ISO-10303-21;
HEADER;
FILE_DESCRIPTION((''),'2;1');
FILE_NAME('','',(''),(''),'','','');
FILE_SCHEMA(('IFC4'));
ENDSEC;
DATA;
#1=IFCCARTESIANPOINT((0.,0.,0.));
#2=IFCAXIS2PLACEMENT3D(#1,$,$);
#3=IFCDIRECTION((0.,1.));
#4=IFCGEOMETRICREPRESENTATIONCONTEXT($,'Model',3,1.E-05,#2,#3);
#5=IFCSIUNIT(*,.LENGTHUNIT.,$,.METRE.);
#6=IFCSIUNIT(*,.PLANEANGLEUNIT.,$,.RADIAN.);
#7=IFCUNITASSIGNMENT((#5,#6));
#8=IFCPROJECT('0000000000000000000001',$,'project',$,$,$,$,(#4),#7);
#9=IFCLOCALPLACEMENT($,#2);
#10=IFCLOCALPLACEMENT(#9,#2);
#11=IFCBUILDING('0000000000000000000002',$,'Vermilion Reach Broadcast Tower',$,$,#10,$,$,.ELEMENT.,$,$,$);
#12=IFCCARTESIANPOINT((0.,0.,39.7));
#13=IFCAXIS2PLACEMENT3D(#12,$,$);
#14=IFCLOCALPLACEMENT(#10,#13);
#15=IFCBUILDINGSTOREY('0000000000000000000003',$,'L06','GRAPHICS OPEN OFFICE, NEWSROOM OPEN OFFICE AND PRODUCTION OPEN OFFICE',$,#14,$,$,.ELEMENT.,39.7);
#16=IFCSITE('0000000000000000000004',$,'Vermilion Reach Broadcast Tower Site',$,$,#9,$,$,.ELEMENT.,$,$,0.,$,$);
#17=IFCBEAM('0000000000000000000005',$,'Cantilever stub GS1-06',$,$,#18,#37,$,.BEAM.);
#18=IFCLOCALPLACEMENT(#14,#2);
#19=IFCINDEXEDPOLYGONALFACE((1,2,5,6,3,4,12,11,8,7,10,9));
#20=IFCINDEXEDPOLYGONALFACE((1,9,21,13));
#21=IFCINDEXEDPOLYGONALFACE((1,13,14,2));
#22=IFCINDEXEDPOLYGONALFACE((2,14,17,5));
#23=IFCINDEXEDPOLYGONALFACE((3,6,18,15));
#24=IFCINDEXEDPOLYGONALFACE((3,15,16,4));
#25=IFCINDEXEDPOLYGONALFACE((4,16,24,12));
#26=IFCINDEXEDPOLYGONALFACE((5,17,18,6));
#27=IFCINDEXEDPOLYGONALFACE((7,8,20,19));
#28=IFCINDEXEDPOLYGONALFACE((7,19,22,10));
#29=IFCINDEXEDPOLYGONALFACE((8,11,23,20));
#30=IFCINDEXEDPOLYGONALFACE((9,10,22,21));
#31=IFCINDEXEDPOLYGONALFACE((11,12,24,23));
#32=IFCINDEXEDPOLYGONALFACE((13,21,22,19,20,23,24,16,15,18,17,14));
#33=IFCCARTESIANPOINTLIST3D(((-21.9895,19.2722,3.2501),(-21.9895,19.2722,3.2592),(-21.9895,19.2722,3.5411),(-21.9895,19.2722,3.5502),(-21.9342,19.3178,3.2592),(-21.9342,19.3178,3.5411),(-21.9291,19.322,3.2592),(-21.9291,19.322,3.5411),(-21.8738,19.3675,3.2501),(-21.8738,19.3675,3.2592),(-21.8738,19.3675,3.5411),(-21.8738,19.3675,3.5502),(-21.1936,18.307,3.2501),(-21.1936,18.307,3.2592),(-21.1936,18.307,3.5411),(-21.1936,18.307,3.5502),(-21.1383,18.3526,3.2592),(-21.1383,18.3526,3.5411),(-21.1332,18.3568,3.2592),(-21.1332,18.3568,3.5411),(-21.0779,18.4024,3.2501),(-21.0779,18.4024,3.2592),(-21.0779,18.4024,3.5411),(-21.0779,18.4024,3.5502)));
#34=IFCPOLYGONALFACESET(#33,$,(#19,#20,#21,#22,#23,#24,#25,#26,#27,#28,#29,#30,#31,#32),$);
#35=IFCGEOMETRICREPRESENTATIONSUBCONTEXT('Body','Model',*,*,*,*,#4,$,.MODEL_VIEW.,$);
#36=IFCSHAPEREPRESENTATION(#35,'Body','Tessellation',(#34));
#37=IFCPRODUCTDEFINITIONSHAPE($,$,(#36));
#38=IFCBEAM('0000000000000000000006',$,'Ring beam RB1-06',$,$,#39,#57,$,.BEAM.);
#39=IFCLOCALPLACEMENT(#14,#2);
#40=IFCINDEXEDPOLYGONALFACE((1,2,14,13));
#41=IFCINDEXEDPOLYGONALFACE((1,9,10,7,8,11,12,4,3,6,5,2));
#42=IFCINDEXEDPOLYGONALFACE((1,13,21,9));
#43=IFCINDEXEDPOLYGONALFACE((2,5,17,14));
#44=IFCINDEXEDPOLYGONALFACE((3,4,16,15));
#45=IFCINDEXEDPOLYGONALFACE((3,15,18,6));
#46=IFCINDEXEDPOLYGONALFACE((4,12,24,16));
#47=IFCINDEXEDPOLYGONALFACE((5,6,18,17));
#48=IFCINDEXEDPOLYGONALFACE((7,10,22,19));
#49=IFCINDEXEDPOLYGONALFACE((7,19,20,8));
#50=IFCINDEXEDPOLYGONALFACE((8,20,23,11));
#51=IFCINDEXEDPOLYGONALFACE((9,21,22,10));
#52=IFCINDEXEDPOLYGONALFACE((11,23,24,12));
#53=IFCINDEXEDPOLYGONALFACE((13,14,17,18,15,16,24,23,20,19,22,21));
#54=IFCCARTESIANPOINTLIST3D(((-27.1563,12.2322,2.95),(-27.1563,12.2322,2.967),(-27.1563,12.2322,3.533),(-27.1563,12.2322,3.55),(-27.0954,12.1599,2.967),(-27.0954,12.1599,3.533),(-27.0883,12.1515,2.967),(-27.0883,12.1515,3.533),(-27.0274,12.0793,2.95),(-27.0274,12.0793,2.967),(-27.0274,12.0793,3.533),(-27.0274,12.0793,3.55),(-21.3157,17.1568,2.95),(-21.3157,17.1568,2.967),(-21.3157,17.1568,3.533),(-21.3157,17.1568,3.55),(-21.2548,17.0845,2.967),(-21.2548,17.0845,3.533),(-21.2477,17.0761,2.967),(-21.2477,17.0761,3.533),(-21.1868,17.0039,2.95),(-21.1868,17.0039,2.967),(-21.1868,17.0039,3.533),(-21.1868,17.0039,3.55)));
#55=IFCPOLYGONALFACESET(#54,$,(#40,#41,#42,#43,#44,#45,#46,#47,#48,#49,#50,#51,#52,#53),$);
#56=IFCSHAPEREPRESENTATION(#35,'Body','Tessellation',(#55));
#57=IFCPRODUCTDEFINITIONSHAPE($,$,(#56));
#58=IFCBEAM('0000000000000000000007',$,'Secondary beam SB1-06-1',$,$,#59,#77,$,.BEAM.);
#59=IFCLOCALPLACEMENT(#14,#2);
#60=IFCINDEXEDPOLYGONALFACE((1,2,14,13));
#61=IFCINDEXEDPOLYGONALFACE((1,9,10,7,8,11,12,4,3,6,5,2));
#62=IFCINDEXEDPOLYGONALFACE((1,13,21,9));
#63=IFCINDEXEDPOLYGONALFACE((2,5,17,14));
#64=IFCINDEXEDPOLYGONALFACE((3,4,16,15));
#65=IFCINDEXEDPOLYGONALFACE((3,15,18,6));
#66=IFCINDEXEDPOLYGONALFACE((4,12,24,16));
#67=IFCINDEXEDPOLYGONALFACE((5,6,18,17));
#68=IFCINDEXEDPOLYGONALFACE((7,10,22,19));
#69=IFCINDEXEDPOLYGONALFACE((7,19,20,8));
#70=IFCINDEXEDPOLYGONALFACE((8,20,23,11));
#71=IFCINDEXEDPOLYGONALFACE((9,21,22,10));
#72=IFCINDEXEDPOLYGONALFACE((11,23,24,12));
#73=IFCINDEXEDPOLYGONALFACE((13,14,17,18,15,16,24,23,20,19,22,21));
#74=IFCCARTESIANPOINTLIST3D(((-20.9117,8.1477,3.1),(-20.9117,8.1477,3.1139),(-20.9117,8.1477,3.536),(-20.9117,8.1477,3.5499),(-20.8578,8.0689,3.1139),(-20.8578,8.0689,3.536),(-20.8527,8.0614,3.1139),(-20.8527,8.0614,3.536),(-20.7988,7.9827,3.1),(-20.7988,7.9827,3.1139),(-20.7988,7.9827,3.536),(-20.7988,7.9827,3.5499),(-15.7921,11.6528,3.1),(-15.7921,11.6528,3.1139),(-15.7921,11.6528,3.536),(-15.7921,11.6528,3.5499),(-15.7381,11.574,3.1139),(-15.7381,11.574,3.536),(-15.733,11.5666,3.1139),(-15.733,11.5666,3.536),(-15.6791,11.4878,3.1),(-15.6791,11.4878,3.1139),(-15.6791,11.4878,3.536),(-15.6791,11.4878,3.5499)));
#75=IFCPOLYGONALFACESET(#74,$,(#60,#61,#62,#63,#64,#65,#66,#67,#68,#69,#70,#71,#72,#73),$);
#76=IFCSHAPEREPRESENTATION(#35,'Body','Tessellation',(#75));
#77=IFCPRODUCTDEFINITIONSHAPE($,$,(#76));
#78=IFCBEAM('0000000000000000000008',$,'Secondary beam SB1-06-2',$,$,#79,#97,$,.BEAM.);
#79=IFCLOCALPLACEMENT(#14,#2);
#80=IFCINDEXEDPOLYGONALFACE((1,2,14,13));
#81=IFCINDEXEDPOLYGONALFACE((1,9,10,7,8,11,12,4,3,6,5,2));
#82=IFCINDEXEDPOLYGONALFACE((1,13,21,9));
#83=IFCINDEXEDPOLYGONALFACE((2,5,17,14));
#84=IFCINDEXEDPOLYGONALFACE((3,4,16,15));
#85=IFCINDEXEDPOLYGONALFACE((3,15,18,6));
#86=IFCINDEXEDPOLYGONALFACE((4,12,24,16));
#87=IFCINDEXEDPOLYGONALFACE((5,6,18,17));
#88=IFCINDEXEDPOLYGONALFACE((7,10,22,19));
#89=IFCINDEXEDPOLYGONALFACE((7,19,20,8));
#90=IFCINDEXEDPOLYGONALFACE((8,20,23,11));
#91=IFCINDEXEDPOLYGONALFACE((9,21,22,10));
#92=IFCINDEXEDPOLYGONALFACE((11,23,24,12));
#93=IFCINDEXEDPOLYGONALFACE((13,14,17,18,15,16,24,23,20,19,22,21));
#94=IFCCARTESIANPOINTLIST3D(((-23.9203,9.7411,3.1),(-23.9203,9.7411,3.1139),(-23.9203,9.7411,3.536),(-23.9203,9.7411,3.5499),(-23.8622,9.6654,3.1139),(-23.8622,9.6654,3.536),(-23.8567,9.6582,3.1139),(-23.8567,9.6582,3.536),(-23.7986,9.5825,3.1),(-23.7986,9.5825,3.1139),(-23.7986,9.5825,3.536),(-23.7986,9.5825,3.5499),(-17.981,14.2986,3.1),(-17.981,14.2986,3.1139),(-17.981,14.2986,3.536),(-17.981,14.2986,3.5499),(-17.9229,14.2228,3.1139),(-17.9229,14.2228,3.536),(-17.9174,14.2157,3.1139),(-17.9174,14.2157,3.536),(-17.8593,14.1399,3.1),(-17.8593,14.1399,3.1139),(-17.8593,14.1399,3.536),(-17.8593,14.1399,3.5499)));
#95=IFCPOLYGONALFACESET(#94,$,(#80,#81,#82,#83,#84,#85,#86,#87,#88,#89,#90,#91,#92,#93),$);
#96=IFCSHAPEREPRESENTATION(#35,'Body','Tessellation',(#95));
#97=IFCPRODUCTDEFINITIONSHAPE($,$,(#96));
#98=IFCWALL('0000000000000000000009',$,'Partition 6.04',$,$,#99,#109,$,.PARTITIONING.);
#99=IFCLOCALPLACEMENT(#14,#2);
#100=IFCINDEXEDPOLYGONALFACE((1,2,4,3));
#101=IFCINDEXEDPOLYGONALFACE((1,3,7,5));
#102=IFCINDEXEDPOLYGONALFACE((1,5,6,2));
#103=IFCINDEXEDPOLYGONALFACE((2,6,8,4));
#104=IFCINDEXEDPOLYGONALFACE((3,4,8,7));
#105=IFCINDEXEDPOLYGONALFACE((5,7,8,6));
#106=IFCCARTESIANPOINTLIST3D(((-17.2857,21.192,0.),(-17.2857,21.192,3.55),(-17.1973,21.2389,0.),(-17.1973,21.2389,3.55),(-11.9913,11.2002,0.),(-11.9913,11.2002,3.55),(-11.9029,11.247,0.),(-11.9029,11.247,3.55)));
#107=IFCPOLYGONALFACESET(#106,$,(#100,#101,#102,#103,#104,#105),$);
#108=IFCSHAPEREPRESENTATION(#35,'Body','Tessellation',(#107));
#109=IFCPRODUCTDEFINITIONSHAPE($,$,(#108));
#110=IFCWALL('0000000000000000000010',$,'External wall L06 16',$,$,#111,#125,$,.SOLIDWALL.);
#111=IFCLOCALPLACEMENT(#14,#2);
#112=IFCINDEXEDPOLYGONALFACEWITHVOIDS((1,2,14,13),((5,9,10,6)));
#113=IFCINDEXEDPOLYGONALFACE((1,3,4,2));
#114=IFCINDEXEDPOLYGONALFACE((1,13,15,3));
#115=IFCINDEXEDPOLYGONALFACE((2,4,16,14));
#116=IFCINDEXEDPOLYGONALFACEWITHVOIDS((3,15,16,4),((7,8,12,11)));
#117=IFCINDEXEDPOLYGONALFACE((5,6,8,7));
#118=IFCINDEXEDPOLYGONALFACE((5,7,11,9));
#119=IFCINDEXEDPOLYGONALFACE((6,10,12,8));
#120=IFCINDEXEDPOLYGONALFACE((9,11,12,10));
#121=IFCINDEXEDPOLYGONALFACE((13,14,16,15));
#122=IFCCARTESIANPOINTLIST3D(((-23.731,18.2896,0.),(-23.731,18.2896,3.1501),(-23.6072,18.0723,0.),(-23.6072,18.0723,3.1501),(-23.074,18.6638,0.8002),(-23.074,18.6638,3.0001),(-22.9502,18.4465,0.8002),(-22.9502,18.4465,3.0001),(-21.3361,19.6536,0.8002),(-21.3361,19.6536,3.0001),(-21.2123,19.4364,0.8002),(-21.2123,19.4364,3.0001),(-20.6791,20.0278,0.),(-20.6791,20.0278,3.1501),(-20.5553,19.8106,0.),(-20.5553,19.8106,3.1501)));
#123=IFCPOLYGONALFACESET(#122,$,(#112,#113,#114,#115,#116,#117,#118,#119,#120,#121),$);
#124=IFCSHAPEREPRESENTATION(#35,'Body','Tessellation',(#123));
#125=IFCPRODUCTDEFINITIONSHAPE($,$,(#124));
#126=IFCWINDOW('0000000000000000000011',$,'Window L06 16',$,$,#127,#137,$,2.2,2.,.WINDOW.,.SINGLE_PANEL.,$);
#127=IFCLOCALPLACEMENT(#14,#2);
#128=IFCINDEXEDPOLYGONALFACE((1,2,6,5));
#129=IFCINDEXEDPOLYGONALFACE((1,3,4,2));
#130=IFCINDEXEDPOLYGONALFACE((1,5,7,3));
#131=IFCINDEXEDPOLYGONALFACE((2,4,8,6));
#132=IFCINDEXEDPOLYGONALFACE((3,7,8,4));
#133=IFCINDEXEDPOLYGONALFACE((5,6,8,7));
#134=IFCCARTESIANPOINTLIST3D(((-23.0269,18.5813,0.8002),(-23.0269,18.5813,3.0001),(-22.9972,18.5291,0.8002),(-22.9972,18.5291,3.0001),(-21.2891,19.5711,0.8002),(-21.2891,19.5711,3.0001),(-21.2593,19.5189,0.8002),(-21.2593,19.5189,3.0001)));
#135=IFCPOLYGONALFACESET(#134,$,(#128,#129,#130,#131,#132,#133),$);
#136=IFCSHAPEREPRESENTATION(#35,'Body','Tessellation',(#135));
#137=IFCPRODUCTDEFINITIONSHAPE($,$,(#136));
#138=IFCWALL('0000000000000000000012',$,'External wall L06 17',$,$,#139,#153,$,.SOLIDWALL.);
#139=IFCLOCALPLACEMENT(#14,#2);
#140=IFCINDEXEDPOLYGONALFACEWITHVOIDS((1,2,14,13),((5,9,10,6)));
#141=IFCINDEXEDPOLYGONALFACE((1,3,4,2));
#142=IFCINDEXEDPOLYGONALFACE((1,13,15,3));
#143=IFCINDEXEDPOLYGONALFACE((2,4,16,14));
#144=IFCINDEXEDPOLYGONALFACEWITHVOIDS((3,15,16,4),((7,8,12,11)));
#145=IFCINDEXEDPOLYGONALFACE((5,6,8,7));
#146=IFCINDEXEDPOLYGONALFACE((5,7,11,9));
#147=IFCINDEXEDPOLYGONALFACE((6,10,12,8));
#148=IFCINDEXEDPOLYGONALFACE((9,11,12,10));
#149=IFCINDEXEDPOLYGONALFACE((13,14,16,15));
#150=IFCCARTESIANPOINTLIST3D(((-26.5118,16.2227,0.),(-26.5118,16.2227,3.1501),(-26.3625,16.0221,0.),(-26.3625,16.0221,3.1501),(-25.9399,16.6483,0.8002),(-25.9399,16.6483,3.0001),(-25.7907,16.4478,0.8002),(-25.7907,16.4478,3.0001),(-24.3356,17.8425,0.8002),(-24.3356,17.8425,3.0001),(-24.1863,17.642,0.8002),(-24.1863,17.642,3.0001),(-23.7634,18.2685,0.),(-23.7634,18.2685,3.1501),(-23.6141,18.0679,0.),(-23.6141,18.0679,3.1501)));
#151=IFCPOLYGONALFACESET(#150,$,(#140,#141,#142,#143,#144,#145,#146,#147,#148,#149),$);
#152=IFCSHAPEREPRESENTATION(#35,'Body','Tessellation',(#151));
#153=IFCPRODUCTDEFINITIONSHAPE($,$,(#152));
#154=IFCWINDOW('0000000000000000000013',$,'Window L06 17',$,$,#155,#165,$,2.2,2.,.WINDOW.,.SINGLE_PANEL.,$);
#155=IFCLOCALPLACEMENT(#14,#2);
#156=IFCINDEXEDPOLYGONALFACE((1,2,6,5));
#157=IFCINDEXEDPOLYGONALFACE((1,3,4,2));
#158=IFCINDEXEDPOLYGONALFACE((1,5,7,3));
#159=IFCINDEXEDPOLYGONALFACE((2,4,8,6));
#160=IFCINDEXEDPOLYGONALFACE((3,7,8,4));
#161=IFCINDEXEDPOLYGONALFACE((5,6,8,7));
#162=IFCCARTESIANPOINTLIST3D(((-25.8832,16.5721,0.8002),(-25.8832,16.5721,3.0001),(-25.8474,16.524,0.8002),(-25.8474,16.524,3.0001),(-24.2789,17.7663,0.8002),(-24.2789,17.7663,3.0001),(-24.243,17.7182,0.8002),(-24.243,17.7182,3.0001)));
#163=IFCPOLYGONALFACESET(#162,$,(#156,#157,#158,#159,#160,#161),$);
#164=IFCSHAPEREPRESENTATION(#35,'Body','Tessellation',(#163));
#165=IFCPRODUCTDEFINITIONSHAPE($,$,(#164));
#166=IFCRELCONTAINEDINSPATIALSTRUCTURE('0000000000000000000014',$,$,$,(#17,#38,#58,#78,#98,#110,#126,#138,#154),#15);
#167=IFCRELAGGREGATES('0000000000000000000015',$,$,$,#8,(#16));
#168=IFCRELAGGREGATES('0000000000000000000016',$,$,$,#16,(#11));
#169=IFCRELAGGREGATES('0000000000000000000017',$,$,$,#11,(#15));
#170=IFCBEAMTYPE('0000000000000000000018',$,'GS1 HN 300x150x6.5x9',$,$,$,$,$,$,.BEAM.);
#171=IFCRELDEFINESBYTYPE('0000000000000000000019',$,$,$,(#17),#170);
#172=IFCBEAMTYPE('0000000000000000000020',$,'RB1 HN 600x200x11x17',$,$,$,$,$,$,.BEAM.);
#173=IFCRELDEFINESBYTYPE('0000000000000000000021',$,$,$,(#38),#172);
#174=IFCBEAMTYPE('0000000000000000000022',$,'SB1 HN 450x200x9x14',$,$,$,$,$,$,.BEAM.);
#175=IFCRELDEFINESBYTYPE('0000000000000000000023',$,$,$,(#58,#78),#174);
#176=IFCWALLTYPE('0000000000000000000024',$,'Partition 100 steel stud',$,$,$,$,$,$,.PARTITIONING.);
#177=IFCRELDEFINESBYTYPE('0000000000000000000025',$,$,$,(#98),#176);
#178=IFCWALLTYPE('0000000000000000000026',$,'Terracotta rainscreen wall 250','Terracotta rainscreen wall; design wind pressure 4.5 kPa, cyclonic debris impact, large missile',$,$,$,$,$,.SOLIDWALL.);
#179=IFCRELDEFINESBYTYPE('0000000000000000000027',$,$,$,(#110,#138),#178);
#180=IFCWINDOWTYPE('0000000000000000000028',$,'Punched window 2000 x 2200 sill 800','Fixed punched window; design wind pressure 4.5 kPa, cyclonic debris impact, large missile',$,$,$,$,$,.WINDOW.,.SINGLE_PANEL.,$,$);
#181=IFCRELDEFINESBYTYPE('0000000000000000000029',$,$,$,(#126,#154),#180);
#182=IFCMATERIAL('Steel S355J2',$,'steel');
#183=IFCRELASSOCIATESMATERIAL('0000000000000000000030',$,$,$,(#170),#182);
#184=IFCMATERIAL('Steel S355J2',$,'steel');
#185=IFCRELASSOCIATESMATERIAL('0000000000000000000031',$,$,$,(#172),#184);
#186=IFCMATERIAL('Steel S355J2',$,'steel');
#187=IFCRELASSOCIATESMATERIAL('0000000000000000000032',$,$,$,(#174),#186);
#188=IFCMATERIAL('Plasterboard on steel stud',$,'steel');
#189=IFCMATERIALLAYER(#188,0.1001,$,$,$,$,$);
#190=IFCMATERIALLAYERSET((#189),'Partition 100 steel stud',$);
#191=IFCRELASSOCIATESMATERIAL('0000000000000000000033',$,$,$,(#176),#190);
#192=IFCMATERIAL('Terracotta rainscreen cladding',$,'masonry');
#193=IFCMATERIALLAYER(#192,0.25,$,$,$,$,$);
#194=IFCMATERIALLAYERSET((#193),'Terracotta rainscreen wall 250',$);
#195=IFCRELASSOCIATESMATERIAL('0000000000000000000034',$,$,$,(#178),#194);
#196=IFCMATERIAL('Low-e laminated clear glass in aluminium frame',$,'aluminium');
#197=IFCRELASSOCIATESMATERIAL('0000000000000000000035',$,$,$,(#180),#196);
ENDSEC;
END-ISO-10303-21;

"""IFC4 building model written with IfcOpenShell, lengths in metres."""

from ifc_helpers import new_model, si_unit, direction, frame, frame_2d, origin, origin_2d, place, context, subcontext, project, spatial, rectangle, i_section, extrude, material, layer, layer_set, material_profile, profile_set, type_object, element, fill, save


model = new_model("IFC4")

# Units and contexts
model_context = context("Model", 3, precision=1e-05, world=origin(), true_north=direction((0.0, 1.0)))
body_context = subcontext(model_context, "Body", "Model", "MODEL_VIEW")
ifc_project = project(units=[si_unit("LENGTHUNIT", "METRE"), si_unit("PLANEANGLEUNIT", "RADIAN")], contexts=[model_context])

# Site, building, storey
site_placement = place(None, origin())
site = spatial("IfcSite", under=ifc_project, at=site_placement, Name="Vermilion Reach Broadcast Tower Site", CompositionType="ELEMENT", RefElevation=0.0)
building_placement = place(site_placement, origin())
building = spatial("IfcBuilding", under=site, at=building_placement, Name="Vermilion Reach Broadcast Tower", CompositionType="ELEMENT")
storey_placement = place(building_placement, frame((0.0, 0.0, 39.7)))
storey = spatial("IfcBuildingStorey", under=building, at=storey_placement, Name="L06", Description="GRAPHICS OPEN OFFICE, NEWSROOM OPEN OFFICE AND PRODUCTION OPEN OFFICE", CompositionType="ELEMENT", Elevation=39.7)

# Beams
ifc_material_1 = material(Name="Steel S355J2", Category="steel")
ifc_material_profile_1 = material_profile(ifc_material_1, i_section(OverallWidth=0.1499, OverallDepth=0.3, WebThickness=0.0066, FlangeThickness=0.009, at=origin_2d()), Name="S355J2 HN 300x150x6.5x9")
ifc_profile_set_1 = profile_set([ifc_material_profile_1], Name="Steel S355J2")
beam_type_1 = type_object("IfcBeamType", Name="GS1 HN 300x150x6.5x9", PredefinedType="BEAM", material=ifc_profile_set_1)
beam_1_placement = place(storey_placement, frame((-21.1357, 18.3547, 3.4001), z_axis=(-0.636241, 0.771491, 0.0), x_axis=(-0.771491, -0.636241, 0.0)))
element("IfcBeam", 1, at=beam_1_placement, inside=storey, type_object=beam_type_1, Name="Cantilever stub GS1-06", PredefinedType="BEAM", context=body_context, shape_type="SweptSolid", body=[
    extrude(i_section(OverallWidth=0.1499, OverallDepth=0.3, WebThickness=0.0066, FlangeThickness=0.009, at=origin_2d()), origin(), (0.0, 0.0, 1.0), 1.251),
])
ifc_material_2 = material(Name="Steel S355J2", Category="steel")
ifc_material_profile_2 = material_profile(ifc_material_2, i_section(OverallWidth=0.2, OverallDepth=0.6001, WebThickness=0.011, FlangeThickness=0.0171, at=origin_2d()), Name="S355J2 HN 600x200x11x17")
ifc_profile_set_2 = profile_set([ifc_material_profile_2], Name="Steel S355J2")
beam_type_2 = type_object("IfcBeamType", Name="RB1 HN 600x200x11x17", PredefinedType="BEAM", material=ifc_profile_set_2)
beam_2_placement = place(storey_placement, frame((-21.2512, 17.0803, 3.25), z_axis=(-0.764512, -0.644609, 0.0), x_axis=(0.644609, -0.764512, 0.0)))
element("IfcBeam", 2, at=beam_2_placement, inside=storey, type_object=beam_type_2, Name="Ring beam RB1-06", PredefinedType="BEAM", context=body_context, shape_type="SweptSolid", body=[
    extrude(i_section(OverallWidth=0.2, OverallDepth=0.6001, WebThickness=0.011, FlangeThickness=0.0171, at=origin_2d()), origin(), (0.0, 0.0, 1.0), 7.6396),
])
ifc_material_3 = material(Name="Steel S355J2", Category="steel")
ifc_material_profile_3 = material_profile(ifc_material_3, i_section(OverallWidth=0.2, OverallDepth=0.45, WebThickness=0.009, FlangeThickness=0.0139, at=origin_2d()), Name="S355J2 HN 450x200x9x14")
ifc_profile_set_3 = profile_set([ifc_material_profile_3], Name="Steel S355J2")
beam_type_3 = type_object("IfcBeamType", Name="SB1 HN 450x200x9x14", PredefinedType="BEAM", material=ifc_profile_set_3)
beam_3_placement = place(storey_placement, frame((-15.7356, 11.5703, 3.325), z_axis=(-0.82514, -0.564928, 0.0), x_axis=(0.564928, -0.82514, 0.0)))
element("IfcBeam", 3, at=beam_3_placement, inside=storey, type_object=beam_type_3, Name="Secondary beam SB1-06-1", PredefinedType="BEAM", context=body_context, shape_type="SweptSolid", body=[
    extrude(i_section(OverallWidth=0.2, OverallDepth=0.45, WebThickness=0.009, FlangeThickness=0.0139, at=origin_2d()), origin(), (0.0, 0.0, 1.0), 6.2046),
])
beam_4_placement = place(storey_placement, frame((-17.9202, 14.2192, 3.325), z_axis=(-0.79335, -0.608766, 0.0), x_axis=(0.608766, -0.79335, 0.0)))
element("IfcBeam", 4, at=beam_4_placement, inside=storey, type_object=beam_type_3, Name="Secondary beam SB1-06-2", PredefinedType="BEAM", context=body_context, shape_type="SweptSolid", body=[
    extrude(i_section(OverallWidth=0.2, OverallDepth=0.45, WebThickness=0.009, FlangeThickness=0.0139, at=origin_2d()), origin(), (0.0, 0.0, 1.0), 7.4863),
])

# Wall
ifc_material_4 = material(Name="Plasterboard on steel stud", Category="steel")
ifc_layer_1 = layer(ifc_material_4, 0.1001)
ifc_layer_set_1 = layer_set([ifc_layer_1], Name="Partition 100 steel stud")
wall_type_1 = type_object("IfcWallType", Name="Partition 100 steel stud", PredefinedType="PARTITIONING", material=ifc_layer_set_1)
wall_1_placement = place(storey_placement, frame((-17.2415, 21.2153, 0.0), z_axis=(0.0, 0.0, 1.0), x_axis=(0.468204, -0.88362, 0.0)))
element("IfcWall", 5, at=wall_1_placement, inside=storey, type_object=wall_type_1, Name="Partition 6.04", PredefinedType="PARTITIONING", context=body_context, shape_type="SweptSolid", body=[
    extrude(rectangle(XDim=11.3079, YDim=0.1001, at=frame_2d((5.6538, 0.0))), origin(), (0.0, 0.0, 1.0), 3.55),
])

# Shared definitions
ifc_material_5 = material(Name="Terracotta rainscreen cladding", Category="masonry")
ifc_layer_2 = layer(ifc_material_5, 0.25)
ifc_layer_set_2 = layer_set([ifc_layer_2], Name="Terracotta rainscreen wall 250")
wall_type_2 = type_object("IfcWallType", Name="Terracotta rainscreen wall 250", Description="Terracotta rainscreen wall; design wind pressure 4.5 kPa, cyclonic debris impact, large missile", PredefinedType="SOLIDWALL", material=ifc_layer_set_2)

# Walls, openings, windows
wall_2_placement = place(storey_placement, frame((-20.6172, 19.9192, 0.0), z_axis=(0.0, 0.0, 1.0), x_axis=(-0.868944, -0.494911, 0.0)))
wall_2 = element("IfcWall", 6, at=wall_2_placement, inside=storey, type_object=wall_type_2, Name="External wall L06 16", PredefinedType="SOLIDWALL", context=body_context, shape_type="SweptSolid", body=[
    extrude(rectangle(XDim=3.5122, YDim=0.25, at=frame_2d((1.7561, 0.0))), origin(), (0.0, 0.0, 1.0), 3.1501),
])
opening_1_placement = place(wall_2_placement, frame((0.7561, 0.0, 0.8)))
opening_1 = element("IfcOpeningElement", 7, at=opening_1_placement, cuts=wall_2, PredefinedType="OPENING", context=body_context, shape_type="SweptSolid", body=[
    extrude(rectangle(XDim=2.0, YDim=2.2, at=frame_2d((1.0, 1.1001))), frame((0.0, 0.135, 0.0), z_axis=(0.0, -1.0, 0.0), x_axis=(1.0, 0.0, 0.0)), (0.0, 0.0, 1.0), 0.27),
])
ifc_material_6 = material(Name="Low-e laminated clear glass in aluminium frame", Category="aluminium")
window_type = type_object("IfcWindowType", Name="Punched window 2000 x 2200 sill 800", Description="Fixed punched window; design wind pressure 4.5 kPa, cyclonic debris impact, large missile", PartitioningType="SINGLE_PANEL", PredefinedType="WINDOW", material=ifc_material_6)
window_1_placement = place(opening_1_placement, origin())
window_1 = element("IfcWindow", 8, at=window_1_placement, inside=storey, type_object=window_type, Name="Window L06 16", OverallHeight=2.2, OverallWidth=2.0, PartitioningType="SINGLE_PANEL", PredefinedType="WINDOW", context=body_context, shape_type="SweptSolid", body=[
    extrude(rectangle(XDim=2.0, YDim=2.2, at=frame_2d((1.0, 1.1001))), frame((0.0, 0.03, 0.0), z_axis=(0.0, -1.0, 0.0), x_axis=(1.0, 0.0, 0.0)), (0.0, 0.0, 1.0), 0.0601),
])
fill(opening_1, window_1)
wall_3_placement = place(storey_placement, frame((-23.6887, 18.1682, 0.0), z_axis=(0.0, 0.0, 1.0), x_axis=(-0.802167, -0.5971, 0.0)))
wall_3 = element("IfcWall", 9, at=wall_3_placement, inside=storey, type_object=wall_type_2, Name="External wall L06 17", PredefinedType="SOLIDWALL", context=body_context, shape_type="SweptSolid", body=[
    extrude(rectangle(XDim=3.4263, YDim=0.25, at=frame_2d((1.7131, 0.0))), origin(), (0.0, 0.0, 1.0), 3.1501),
])
opening_2_placement = place(wall_3_placement, frame((0.7134, 0.0, 0.8)))
opening_2 = element("IfcOpeningElement", 10, at=opening_2_placement, cuts=wall_3, PredefinedType="OPENING", context=body_context, shape_type="SweptSolid", body=[
    extrude(rectangle(XDim=2.0, YDim=2.2, at=frame_2d((1.0, 1.1001))), frame((0.0, 0.135, 0.0), z_axis=(0.0, -1.0, 0.0), x_axis=(1.0, 0.0, 0.0)), (0.0, 0.0, 1.0), 0.27),
])
window_2_placement = place(opening_2_placement, origin())
window_2 = element("IfcWindow", 11, at=window_2_placement, inside=storey, type_object=window_type, Name="Window L06 17", OverallHeight=2.2, OverallWidth=2.0, PartitioningType="SINGLE_PANEL", PredefinedType="WINDOW", context=body_context, shape_type="SweptSolid", body=[
    extrude(rectangle(XDim=2.0, YDim=2.2, at=frame_2d((1.0, 1.1001))), frame((0.0, 0.03, 0.0), z_axis=(0.0, -1.0, 0.0), x_axis=(1.0, 0.0, 0.0)), (0.0, 0.0, 1.0), 0.0601),
])
fill(opening_2, window_2)

save(model, "model.ifc")
